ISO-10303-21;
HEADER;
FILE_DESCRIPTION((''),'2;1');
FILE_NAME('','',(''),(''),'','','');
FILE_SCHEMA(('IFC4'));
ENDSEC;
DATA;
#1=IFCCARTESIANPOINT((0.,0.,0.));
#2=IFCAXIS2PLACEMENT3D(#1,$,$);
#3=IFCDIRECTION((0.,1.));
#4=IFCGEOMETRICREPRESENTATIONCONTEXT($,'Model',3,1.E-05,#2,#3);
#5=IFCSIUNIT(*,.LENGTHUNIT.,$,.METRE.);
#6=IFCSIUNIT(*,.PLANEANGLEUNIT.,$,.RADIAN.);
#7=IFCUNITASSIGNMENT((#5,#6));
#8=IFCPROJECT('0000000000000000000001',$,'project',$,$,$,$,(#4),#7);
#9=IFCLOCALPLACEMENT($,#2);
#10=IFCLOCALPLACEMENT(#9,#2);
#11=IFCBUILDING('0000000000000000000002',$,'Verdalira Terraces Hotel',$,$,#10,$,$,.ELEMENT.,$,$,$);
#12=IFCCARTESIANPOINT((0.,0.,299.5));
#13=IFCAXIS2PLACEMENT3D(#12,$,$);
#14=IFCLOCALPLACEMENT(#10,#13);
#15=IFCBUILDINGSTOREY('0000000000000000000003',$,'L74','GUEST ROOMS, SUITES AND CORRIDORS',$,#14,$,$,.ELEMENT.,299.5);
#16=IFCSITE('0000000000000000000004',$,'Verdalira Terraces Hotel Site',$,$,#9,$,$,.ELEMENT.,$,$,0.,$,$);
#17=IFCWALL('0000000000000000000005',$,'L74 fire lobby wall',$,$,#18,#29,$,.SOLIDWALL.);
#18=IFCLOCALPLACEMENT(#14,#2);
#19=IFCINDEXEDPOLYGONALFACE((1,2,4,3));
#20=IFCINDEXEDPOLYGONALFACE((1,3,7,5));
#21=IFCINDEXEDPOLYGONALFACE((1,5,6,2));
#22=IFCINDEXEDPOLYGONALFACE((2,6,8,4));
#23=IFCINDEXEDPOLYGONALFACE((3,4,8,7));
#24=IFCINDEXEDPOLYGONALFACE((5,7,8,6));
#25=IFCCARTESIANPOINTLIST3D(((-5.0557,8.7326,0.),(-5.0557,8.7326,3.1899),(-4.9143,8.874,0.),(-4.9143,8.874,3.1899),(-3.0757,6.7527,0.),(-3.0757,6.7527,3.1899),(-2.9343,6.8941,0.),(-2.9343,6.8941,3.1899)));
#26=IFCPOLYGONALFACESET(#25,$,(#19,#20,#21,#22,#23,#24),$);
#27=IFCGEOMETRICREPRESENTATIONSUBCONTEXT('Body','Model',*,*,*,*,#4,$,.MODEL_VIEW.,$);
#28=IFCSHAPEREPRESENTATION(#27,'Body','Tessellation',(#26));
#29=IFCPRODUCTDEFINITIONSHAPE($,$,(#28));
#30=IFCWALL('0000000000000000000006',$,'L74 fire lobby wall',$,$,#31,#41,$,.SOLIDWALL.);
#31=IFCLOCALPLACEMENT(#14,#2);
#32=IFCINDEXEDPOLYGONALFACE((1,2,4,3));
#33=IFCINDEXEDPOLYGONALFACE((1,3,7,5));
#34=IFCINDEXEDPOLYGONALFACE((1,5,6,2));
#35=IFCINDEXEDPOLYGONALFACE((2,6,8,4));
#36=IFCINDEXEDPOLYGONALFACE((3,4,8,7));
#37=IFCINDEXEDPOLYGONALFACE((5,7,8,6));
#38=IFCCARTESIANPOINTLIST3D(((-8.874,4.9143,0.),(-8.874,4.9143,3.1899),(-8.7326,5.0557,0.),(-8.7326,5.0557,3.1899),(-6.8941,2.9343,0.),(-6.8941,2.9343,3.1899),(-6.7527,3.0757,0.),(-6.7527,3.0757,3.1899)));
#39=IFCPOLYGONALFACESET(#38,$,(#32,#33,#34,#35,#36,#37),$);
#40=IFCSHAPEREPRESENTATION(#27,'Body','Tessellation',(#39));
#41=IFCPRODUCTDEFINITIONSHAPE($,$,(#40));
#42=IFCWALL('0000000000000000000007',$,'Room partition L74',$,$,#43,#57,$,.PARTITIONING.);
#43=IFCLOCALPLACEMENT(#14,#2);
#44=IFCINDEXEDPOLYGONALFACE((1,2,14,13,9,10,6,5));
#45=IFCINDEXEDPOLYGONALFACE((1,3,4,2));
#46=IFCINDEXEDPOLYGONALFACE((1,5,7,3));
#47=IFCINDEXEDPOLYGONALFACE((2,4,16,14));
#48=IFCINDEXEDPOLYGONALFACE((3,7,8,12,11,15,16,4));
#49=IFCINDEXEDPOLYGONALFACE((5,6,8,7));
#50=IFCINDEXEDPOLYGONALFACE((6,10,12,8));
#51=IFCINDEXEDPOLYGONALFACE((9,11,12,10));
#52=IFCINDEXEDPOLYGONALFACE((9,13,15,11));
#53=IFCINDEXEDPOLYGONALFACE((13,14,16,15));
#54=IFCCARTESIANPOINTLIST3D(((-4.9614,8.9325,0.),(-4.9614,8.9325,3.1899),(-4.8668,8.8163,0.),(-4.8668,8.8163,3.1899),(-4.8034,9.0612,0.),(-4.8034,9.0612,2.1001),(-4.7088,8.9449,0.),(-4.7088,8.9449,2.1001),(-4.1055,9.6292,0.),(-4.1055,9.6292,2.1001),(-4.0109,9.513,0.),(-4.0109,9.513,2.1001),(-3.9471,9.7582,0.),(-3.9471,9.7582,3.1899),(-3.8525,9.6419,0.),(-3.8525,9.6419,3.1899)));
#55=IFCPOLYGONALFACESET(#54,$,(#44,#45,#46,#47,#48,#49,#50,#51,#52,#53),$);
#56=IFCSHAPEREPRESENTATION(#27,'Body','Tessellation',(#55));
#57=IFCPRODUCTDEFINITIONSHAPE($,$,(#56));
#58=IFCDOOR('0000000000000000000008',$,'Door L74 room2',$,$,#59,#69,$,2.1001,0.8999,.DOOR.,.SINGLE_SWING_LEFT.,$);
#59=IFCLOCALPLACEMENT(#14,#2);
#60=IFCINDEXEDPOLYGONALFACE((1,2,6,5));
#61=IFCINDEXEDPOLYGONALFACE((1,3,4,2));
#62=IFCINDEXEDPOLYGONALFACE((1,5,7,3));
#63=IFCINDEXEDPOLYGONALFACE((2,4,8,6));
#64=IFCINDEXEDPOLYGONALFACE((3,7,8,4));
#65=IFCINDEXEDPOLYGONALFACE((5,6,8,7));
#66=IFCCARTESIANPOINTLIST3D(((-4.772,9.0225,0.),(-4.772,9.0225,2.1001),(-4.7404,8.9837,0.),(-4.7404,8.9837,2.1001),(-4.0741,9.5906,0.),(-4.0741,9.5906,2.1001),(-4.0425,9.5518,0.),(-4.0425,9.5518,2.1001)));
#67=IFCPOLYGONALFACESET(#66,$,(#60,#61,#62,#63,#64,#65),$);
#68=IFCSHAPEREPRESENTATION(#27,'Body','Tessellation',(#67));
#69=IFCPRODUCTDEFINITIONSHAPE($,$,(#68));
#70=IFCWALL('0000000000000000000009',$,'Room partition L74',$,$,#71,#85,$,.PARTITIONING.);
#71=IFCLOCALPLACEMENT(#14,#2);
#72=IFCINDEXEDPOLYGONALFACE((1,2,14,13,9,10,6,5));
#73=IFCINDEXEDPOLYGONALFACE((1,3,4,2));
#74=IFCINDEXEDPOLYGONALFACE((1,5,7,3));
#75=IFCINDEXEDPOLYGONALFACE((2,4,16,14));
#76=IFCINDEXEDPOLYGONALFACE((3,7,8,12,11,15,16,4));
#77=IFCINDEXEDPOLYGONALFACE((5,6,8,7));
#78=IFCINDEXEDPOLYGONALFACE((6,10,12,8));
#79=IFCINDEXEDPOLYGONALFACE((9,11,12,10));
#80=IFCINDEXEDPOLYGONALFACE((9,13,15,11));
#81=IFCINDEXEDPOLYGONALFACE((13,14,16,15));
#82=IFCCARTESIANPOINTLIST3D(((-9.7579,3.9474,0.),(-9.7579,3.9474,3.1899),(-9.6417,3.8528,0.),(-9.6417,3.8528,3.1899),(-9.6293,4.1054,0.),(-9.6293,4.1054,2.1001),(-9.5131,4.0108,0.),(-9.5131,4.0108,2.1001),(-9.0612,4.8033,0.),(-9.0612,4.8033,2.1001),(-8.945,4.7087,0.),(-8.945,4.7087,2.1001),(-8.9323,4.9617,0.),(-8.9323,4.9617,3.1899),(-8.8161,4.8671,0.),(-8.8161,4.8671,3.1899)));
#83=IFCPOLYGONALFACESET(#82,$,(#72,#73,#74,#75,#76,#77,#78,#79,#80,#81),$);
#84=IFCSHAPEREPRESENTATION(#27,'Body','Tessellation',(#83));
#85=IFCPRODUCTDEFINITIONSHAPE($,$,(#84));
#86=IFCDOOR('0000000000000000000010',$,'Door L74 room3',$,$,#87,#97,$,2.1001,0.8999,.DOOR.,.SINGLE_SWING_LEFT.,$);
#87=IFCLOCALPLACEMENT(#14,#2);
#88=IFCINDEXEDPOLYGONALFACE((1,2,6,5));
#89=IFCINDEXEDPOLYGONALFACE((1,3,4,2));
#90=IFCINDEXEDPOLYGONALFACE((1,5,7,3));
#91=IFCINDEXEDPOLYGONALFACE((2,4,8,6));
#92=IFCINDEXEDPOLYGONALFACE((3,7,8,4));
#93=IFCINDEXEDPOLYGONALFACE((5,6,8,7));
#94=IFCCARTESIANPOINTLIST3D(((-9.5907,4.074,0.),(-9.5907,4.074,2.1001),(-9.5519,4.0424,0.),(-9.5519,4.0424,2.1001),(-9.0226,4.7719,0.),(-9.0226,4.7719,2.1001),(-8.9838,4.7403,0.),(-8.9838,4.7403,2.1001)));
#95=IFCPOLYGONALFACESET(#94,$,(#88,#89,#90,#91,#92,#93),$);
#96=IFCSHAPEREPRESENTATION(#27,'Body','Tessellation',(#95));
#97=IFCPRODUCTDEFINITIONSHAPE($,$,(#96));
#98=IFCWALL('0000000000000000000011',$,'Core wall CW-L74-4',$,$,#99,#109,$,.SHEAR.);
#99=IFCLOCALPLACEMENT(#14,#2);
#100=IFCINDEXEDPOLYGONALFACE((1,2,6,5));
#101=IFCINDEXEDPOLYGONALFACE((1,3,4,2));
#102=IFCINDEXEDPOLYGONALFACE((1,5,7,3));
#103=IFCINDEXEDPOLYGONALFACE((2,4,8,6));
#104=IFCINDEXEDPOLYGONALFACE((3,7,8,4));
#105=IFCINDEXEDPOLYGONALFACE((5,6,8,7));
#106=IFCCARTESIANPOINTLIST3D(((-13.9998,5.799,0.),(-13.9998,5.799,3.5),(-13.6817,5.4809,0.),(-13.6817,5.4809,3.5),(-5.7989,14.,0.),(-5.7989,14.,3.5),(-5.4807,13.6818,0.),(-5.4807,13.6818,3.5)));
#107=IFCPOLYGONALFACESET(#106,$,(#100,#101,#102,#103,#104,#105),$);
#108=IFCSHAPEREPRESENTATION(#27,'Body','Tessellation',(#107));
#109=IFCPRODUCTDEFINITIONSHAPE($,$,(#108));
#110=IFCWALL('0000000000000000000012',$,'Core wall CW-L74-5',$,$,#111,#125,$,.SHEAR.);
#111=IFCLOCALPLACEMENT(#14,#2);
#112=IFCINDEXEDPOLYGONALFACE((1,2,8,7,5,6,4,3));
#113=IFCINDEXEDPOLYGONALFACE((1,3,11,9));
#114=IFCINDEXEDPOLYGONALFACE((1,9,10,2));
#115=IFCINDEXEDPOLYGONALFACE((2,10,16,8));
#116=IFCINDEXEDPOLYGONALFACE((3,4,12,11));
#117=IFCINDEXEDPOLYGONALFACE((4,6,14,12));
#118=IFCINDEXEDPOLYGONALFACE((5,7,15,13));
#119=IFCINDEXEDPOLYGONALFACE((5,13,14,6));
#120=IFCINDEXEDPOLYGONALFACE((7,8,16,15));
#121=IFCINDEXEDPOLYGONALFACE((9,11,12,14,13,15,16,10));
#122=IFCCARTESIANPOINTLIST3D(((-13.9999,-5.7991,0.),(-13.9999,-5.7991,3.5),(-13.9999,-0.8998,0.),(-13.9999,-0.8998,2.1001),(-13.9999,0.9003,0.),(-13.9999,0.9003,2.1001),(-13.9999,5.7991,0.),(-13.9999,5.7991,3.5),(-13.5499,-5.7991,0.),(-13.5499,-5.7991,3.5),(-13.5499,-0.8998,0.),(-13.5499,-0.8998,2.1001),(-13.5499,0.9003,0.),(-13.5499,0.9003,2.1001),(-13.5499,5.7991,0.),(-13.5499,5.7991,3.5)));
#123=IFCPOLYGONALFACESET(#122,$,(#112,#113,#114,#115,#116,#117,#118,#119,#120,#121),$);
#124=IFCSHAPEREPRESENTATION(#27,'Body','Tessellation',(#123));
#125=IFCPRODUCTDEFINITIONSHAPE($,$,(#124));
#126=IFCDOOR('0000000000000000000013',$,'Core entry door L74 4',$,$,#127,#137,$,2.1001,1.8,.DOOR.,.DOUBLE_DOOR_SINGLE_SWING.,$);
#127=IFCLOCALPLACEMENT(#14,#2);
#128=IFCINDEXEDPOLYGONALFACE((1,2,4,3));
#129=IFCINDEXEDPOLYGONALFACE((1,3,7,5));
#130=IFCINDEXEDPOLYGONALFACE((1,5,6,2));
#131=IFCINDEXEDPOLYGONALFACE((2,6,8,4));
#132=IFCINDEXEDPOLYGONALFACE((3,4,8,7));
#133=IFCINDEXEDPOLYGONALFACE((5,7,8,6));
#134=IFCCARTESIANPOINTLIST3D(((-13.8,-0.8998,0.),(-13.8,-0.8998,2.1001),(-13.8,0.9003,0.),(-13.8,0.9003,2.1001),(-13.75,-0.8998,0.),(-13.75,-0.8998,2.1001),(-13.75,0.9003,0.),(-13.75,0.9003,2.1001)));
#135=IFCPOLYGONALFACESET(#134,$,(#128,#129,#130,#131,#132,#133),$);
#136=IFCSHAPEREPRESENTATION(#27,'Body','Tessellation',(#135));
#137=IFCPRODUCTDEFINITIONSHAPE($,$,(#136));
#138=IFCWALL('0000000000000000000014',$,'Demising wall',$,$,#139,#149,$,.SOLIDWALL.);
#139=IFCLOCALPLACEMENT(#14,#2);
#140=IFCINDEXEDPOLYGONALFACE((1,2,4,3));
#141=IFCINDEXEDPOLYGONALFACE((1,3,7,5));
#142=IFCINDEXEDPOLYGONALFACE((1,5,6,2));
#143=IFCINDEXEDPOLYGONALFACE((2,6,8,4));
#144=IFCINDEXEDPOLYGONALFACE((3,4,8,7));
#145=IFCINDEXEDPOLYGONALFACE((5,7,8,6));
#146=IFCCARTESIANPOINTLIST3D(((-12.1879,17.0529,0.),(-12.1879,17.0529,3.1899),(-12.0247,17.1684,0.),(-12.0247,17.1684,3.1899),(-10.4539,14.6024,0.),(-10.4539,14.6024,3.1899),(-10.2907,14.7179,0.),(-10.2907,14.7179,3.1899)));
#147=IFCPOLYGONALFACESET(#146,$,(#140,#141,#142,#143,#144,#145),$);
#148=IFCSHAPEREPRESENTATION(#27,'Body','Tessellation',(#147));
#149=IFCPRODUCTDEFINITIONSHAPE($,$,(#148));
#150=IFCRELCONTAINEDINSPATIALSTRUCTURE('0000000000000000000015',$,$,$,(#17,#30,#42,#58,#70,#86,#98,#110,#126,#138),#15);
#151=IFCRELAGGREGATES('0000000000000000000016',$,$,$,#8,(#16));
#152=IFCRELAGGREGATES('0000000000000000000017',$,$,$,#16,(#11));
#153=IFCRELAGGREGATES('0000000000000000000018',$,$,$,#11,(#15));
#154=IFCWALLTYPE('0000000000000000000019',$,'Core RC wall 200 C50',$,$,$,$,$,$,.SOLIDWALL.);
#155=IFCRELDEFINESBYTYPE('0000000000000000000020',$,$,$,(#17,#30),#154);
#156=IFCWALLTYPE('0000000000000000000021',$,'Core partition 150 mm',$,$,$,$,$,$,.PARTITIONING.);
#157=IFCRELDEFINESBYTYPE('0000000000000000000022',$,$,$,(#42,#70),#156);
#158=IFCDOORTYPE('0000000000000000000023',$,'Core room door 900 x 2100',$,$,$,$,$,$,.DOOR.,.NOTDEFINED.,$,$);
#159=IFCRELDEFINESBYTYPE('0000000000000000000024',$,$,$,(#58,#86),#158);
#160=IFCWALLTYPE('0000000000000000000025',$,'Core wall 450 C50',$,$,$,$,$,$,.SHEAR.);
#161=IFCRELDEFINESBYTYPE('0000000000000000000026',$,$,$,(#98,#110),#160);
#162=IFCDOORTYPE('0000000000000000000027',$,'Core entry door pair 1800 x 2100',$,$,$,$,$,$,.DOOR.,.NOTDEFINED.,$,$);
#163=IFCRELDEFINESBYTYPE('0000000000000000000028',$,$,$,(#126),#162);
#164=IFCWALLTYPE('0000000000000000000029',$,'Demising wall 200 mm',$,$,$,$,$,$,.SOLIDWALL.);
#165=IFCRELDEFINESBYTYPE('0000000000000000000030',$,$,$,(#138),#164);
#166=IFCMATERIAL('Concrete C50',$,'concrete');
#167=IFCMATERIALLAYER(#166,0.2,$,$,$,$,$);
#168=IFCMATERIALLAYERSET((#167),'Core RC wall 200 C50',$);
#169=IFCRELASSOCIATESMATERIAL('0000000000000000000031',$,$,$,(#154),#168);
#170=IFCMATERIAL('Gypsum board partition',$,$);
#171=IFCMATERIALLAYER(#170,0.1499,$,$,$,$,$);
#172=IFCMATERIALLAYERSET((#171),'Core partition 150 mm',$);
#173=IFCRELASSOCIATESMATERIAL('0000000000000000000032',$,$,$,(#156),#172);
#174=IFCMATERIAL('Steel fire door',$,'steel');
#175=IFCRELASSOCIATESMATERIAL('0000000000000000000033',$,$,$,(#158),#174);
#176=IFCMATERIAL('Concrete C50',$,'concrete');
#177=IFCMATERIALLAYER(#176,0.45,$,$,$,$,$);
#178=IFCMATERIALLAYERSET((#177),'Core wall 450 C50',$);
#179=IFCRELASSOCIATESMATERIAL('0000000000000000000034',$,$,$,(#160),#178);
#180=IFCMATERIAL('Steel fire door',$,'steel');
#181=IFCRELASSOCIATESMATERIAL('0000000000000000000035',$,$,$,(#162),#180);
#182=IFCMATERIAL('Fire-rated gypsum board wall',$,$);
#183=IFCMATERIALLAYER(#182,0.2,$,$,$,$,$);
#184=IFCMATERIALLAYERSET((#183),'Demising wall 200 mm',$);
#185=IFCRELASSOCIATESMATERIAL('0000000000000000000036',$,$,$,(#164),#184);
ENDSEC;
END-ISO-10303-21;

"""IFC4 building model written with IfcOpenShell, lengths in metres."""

from ifc_helpers import new_model, si_unit, direction, frame, frame_2d, origin, place, context, subcontext, project, spatial, rectangle, extrude, material, layer, layer_set, type_object, element, fill, save


model = new_model("IFC4")

# Units and contexts
model_context = context("Model", 3, precision=1e-05, world=origin(), true_north=direction((0.0, 1.0)))
body_context = subcontext(model_context, "Body", "Model", "MODEL_VIEW")
ifc_project = project(units=[si_unit("LENGTHUNIT", "METRE"), si_unit("PLANEANGLEUNIT", "RADIAN")], contexts=[model_context])

# Site, building, storey
site_placement = place(None, origin())
site = spatial("IfcSite", under=ifc_project, at=site_placement, Name="Verdalira Terraces Hotel Site", CompositionType="ELEMENT", RefElevation=0.0)
building_placement = place(site_placement, origin())
building = spatial("IfcBuilding", under=site, at=building_placement, Name="Verdalira Terraces Hotel", CompositionType="ELEMENT")
storey_placement = place(building_placement, frame((0.0, 0.0, 299.5)))
storey = spatial("IfcBuildingStorey", under=building, at=storey_placement, Name="L74", Description="GUEST ROOMS, SUITES AND CORRIDORS", CompositionType="ELEMENT", Elevation=299.5)

# Shared definitions
ifc_material_1 = material(Name="Concrete C50", Category="concrete")
ifc_layer_1 = layer(ifc_material_1, 0.2)
ifc_layer_set_1 = layer_set([ifc_layer_1], Name="Core RC wall 200 C50")
wall_type_1 = type_object("IfcWallType", Name="Core RC wall 200 C50", PredefinedType="SOLIDWALL", material=ifc_layer_set_1)

# Walls
for number, where, z_axis, x_axis, name in (
    (1, (-3.0051, 6.8235, 0.0), (0.0, 0.0, 1.0), (-0.707107, 0.707107, 0.0), "L74 fire lobby wall"),
    (2, (-6.8235, 3.0051, 0.0), (0.0, 0.0, 1.0), (-0.707107, 0.707107, 0.0), "L74 fire lobby wall"),
):
    element("IfcWall", number, at=place(storey_placement, frame(where, z_axis=z_axis, x_axis=x_axis)), inside=storey, type_object=wall_type_1, Name=name, PredefinedType="SOLIDWALL", context=body_context, shape_type="SweptSolid", body=[
        extrude(rectangle(XDim=2.8, YDim=0.2, at=frame_2d((1.3999, 0.0))), origin(), (0.0, 0.0, 1.0), 3.1899),
    ])

# Walls, openings, doors
ifc_material_2 = material(Name="Gypsum board partition")
ifc_layer_2 = layer(ifc_material_2, 0.1499)
ifc_layer_set_2 = layer_set([ifc_layer_2], Name="Core partition 150 mm")
wall_type_2 = type_object("IfcWallType", Name="Core partition 150 mm", PredefinedType="PARTITIONING", material=ifc_layer_set_2)
wall_1_placement = place(storey_placement, frame((-3.8999, 9.7, 0.0), z_axis=(0.0, 0.0, 1.0), x_axis=(-0.77556, -0.631274, 0.0)))
wall_1 = element("IfcWall", 3, at=wall_1_placement, inside=storey, type_object=wall_type_2, Name="Room partition L74", PredefinedType="PARTITIONING", context=body_context, shape_type="SweptSolid", body=[
    extrude(rectangle(XDim=1.3079, YDim=0.1499, at=frame_2d((0.6538, 0.0))), origin(), (0.0, 0.0, 1.0), 3.1899),
])
opening_1_placement = place(wall_1_placement, frame((0.2041, 0.0, 0.0)))
opening_1 = element("IfcOpeningElement", 4, at=opening_1_placement, cuts=wall_1, PredefinedType="OPENING", context=body_context, shape_type="SweptSolid", body=[
    extrude(rectangle(XDim=0.8999, YDim=2.1001, at=frame_2d((0.45, 1.05))), frame((0.0, 0.085, 0.0), z_axis=(0.0, -1.0, 0.0), x_axis=(1.0, 0.0, 0.0)), (0.0, 0.0, 1.0), 0.1699),
])
ifc_material_3 = material(Name="Steel fire door", Category="steel")
door_type_1 = type_object("IfcDoorType", Name="Core room door 900 x 2100", OperationType="NOTDEFINED", PredefinedType="DOOR", material=ifc_material_3)
door_1_placement = place(opening_1_placement, origin())
door_1 = element("IfcDoor", 5, at=door_1_placement, inside=storey, type_object=door_type_1, Name="Door L74 room2", OperationType="SINGLE_SWING_LEFT", OverallHeight=2.1001, OverallWidth=0.8999, PredefinedType="DOOR", context=body_context, shape_type="SweptSolid", body=[
    extrude(rectangle(XDim=0.8999, YDim=2.1001, at=frame_2d((0.45, 1.05))), frame((0.0, 0.0249, 0.0), z_axis=(0.0, -1.0, 0.0), x_axis=(1.0, 0.0, 0.0)), (0.0, 0.0, 1.0), 0.05),
])
fill(opening_1, door_1)
wall_2_placement = place(storey_placement, frame((-8.8743, 4.9143, 0.0), z_axis=(0.0, 0.0, 1.0), x_axis=(-0.631274, -0.77556, 0.0)))
wall_2 = element("IfcWall", 6, at=wall_2_placement, inside=storey, type_object=wall_type_2, Name="Room partition L74", PredefinedType="PARTITIONING", context=body_context, shape_type="SweptSolid", body=[
    extrude(rectangle(XDim=1.3079, YDim=0.1499, at=frame_2d((0.6538, 0.0))), origin(), (0.0, 0.0, 1.0), 3.1899),
])
opening_2_placement = place(wall_2_placement, frame((0.2041, 0.0, 0.0)))
opening_2 = element("IfcOpeningElement", 7, at=opening_2_placement, cuts=wall_2, PredefinedType="OPENING", context=body_context, shape_type="SweptSolid", body=[
    extrude(rectangle(XDim=0.8999, YDim=2.1001, at=frame_2d((0.45, 1.05))), frame((0.0, 0.085, 0.0), z_axis=(0.0, -1.0, 0.0), x_axis=(1.0, 0.0, 0.0)), (0.0, 0.0, 1.0), 0.1699),
])
door_2_placement = place(opening_2_placement, origin())
door_2 = element("IfcDoor", 8, at=door_2_placement, inside=storey, type_object=door_type_1, Name="Door L74 room3", OperationType="SINGLE_SWING_LEFT", OverallHeight=2.1001, OverallWidth=0.8999, PredefinedType="DOOR", context=body_context, shape_type="SweptSolid", body=[
    extrude(rectangle(XDim=0.8999, YDim=2.1001, at=frame_2d((0.45, 1.05))), frame((0.0, 0.0249, 0.0), z_axis=(0.0, -1.0, 0.0), x_axis=(1.0, 0.0, 0.0)), (0.0, 0.0, 1.0), 0.05),
])
fill(opening_2, door_2)

# Wall
ifc_material_4 = material(Name="Concrete C50", Category="concrete")
ifc_layer_3 = layer(ifc_material_4, 0.45)
ifc_layer_set_3 = layer_set([ifc_layer_3], Name="Core wall 450 C50")
wall_type_3 = type_object("IfcWallType", Name="Core wall 450 C50", PredefinedType="SHEAR", material=ifc_layer_set_3)
wall_3_placement = place(storey_placement, frame((-5.6399, 13.8408, 0.0), z_axis=(0.0, 0.0, 1.0), x_axis=(-0.707107, -0.707107, 0.0)))
element("IfcWall", 9, at=wall_3_placement, inside=storey, type_object=wall_type_3, Name="Core wall CW-L74-4", PredefinedType="SHEAR", context=body_context, shape_type="SweptSolid", body=[
    extrude(rectangle(XDim=11.5979, YDim=0.45, at=frame_2d((5.7988, 0.0))), origin(), (0.0, 0.0, 1.0), 3.5),
])

# Wall, opening, door
wall_4_placement = place(storey_placement, frame((-13.7749, 5.7991, 0.0), z_axis=(0.0, 0.0, 1.0), x_axis=(0.0, -1.0, 0.0)))
wall_4 = element("IfcWall", 10, at=wall_4_placement, inside=storey, type_object=wall_type_3, Name="Core wall CW-L74-5", PredefinedType="SHEAR", context=body_context, shape_type="SweptSolid", body=[
    extrude(rectangle(XDim=11.5981, YDim=0.45, at=frame_2d((5.7991, 0.0))), origin(), (0.0, 0.0, 1.0), 3.5),
])
opening_3_placement = place(wall_4_placement, frame((4.8989, 0.0, 0.0)))
opening_3 = element("IfcOpeningElement", 11, at=opening_3_placement, cuts=wall_4, PredefinedType="OPENING", context=body_context, shape_type="SweptSolid", body=[
    extrude(rectangle(XDim=1.8, YDim=2.1001, at=frame_2d((0.8999, 1.05))), frame((0.0, 0.2349, 0.0), z_axis=(0.0, -1.0, 0.0), x_axis=(1.0, 0.0, 0.0)), (0.0, 0.0, 1.0), 0.47),
])
ifc_material_5 = material(Name="Steel fire door", Category="steel")
door_type_2 = type_object("IfcDoorType", Name="Core entry door pair 1800 x 2100", OperationType="NOTDEFINED", PredefinedType="DOOR", material=ifc_material_5)
door_3_placement = place(opening_3_placement, origin())
door_3 = element("IfcDoor", 12, at=door_3_placement, inside=storey, type_object=door_type_2, Name="Core entry door L74 4", OperationType="DOUBLE_DOOR_SINGLE_SWING", OverallHeight=2.1001, OverallWidth=1.8, PredefinedType="DOOR", context=body_context, shape_type="SweptSolid", body=[
    extrude(rectangle(XDim=1.8, YDim=2.1001, at=frame_2d((0.8999, 1.05))), frame((0.0, 0.0249, 0.0), z_axis=(0.0, -1.0, 0.0), x_axis=(1.0, 0.0, 0.0)), (0.0, 0.0, 1.0), 0.05),
])
fill(opening_3, door_3)

# Wall
ifc_material_6 = material(Name="Fire-rated gypsum board wall")
ifc_layer_4 = layer(ifc_material_6, 0.2)
ifc_layer_set_4 = layer_set([ifc_layer_4], Name="Demising wall 200 mm")
wall_type_4 = type_object("IfcWallType", Name="Demising wall 200 mm", PredefinedType="SOLIDWALL", material=ifc_layer_set_4)
wall_5_placement = place(storey_placement, frame((-10.3723, 14.6602, 0.0), z_axis=(0.0, 0.0, 1.0), x_axis=(-0.577609, 0.816314, 0.0)))
element("IfcWall", 13, at=wall_5_placement, inside=storey, type_object=wall_type_4, Name="Demising wall", PredefinedType="SOLIDWALL", context=body_context, shape_type="SweptSolid", body=[
    extrude(rectangle(XDim=3.002, YDim=0.2, at=frame_2d((1.501, 0.0))), origin(), (0.0, 0.0, 1.0), 3.1899),
])

save(model, "model.ifc")
